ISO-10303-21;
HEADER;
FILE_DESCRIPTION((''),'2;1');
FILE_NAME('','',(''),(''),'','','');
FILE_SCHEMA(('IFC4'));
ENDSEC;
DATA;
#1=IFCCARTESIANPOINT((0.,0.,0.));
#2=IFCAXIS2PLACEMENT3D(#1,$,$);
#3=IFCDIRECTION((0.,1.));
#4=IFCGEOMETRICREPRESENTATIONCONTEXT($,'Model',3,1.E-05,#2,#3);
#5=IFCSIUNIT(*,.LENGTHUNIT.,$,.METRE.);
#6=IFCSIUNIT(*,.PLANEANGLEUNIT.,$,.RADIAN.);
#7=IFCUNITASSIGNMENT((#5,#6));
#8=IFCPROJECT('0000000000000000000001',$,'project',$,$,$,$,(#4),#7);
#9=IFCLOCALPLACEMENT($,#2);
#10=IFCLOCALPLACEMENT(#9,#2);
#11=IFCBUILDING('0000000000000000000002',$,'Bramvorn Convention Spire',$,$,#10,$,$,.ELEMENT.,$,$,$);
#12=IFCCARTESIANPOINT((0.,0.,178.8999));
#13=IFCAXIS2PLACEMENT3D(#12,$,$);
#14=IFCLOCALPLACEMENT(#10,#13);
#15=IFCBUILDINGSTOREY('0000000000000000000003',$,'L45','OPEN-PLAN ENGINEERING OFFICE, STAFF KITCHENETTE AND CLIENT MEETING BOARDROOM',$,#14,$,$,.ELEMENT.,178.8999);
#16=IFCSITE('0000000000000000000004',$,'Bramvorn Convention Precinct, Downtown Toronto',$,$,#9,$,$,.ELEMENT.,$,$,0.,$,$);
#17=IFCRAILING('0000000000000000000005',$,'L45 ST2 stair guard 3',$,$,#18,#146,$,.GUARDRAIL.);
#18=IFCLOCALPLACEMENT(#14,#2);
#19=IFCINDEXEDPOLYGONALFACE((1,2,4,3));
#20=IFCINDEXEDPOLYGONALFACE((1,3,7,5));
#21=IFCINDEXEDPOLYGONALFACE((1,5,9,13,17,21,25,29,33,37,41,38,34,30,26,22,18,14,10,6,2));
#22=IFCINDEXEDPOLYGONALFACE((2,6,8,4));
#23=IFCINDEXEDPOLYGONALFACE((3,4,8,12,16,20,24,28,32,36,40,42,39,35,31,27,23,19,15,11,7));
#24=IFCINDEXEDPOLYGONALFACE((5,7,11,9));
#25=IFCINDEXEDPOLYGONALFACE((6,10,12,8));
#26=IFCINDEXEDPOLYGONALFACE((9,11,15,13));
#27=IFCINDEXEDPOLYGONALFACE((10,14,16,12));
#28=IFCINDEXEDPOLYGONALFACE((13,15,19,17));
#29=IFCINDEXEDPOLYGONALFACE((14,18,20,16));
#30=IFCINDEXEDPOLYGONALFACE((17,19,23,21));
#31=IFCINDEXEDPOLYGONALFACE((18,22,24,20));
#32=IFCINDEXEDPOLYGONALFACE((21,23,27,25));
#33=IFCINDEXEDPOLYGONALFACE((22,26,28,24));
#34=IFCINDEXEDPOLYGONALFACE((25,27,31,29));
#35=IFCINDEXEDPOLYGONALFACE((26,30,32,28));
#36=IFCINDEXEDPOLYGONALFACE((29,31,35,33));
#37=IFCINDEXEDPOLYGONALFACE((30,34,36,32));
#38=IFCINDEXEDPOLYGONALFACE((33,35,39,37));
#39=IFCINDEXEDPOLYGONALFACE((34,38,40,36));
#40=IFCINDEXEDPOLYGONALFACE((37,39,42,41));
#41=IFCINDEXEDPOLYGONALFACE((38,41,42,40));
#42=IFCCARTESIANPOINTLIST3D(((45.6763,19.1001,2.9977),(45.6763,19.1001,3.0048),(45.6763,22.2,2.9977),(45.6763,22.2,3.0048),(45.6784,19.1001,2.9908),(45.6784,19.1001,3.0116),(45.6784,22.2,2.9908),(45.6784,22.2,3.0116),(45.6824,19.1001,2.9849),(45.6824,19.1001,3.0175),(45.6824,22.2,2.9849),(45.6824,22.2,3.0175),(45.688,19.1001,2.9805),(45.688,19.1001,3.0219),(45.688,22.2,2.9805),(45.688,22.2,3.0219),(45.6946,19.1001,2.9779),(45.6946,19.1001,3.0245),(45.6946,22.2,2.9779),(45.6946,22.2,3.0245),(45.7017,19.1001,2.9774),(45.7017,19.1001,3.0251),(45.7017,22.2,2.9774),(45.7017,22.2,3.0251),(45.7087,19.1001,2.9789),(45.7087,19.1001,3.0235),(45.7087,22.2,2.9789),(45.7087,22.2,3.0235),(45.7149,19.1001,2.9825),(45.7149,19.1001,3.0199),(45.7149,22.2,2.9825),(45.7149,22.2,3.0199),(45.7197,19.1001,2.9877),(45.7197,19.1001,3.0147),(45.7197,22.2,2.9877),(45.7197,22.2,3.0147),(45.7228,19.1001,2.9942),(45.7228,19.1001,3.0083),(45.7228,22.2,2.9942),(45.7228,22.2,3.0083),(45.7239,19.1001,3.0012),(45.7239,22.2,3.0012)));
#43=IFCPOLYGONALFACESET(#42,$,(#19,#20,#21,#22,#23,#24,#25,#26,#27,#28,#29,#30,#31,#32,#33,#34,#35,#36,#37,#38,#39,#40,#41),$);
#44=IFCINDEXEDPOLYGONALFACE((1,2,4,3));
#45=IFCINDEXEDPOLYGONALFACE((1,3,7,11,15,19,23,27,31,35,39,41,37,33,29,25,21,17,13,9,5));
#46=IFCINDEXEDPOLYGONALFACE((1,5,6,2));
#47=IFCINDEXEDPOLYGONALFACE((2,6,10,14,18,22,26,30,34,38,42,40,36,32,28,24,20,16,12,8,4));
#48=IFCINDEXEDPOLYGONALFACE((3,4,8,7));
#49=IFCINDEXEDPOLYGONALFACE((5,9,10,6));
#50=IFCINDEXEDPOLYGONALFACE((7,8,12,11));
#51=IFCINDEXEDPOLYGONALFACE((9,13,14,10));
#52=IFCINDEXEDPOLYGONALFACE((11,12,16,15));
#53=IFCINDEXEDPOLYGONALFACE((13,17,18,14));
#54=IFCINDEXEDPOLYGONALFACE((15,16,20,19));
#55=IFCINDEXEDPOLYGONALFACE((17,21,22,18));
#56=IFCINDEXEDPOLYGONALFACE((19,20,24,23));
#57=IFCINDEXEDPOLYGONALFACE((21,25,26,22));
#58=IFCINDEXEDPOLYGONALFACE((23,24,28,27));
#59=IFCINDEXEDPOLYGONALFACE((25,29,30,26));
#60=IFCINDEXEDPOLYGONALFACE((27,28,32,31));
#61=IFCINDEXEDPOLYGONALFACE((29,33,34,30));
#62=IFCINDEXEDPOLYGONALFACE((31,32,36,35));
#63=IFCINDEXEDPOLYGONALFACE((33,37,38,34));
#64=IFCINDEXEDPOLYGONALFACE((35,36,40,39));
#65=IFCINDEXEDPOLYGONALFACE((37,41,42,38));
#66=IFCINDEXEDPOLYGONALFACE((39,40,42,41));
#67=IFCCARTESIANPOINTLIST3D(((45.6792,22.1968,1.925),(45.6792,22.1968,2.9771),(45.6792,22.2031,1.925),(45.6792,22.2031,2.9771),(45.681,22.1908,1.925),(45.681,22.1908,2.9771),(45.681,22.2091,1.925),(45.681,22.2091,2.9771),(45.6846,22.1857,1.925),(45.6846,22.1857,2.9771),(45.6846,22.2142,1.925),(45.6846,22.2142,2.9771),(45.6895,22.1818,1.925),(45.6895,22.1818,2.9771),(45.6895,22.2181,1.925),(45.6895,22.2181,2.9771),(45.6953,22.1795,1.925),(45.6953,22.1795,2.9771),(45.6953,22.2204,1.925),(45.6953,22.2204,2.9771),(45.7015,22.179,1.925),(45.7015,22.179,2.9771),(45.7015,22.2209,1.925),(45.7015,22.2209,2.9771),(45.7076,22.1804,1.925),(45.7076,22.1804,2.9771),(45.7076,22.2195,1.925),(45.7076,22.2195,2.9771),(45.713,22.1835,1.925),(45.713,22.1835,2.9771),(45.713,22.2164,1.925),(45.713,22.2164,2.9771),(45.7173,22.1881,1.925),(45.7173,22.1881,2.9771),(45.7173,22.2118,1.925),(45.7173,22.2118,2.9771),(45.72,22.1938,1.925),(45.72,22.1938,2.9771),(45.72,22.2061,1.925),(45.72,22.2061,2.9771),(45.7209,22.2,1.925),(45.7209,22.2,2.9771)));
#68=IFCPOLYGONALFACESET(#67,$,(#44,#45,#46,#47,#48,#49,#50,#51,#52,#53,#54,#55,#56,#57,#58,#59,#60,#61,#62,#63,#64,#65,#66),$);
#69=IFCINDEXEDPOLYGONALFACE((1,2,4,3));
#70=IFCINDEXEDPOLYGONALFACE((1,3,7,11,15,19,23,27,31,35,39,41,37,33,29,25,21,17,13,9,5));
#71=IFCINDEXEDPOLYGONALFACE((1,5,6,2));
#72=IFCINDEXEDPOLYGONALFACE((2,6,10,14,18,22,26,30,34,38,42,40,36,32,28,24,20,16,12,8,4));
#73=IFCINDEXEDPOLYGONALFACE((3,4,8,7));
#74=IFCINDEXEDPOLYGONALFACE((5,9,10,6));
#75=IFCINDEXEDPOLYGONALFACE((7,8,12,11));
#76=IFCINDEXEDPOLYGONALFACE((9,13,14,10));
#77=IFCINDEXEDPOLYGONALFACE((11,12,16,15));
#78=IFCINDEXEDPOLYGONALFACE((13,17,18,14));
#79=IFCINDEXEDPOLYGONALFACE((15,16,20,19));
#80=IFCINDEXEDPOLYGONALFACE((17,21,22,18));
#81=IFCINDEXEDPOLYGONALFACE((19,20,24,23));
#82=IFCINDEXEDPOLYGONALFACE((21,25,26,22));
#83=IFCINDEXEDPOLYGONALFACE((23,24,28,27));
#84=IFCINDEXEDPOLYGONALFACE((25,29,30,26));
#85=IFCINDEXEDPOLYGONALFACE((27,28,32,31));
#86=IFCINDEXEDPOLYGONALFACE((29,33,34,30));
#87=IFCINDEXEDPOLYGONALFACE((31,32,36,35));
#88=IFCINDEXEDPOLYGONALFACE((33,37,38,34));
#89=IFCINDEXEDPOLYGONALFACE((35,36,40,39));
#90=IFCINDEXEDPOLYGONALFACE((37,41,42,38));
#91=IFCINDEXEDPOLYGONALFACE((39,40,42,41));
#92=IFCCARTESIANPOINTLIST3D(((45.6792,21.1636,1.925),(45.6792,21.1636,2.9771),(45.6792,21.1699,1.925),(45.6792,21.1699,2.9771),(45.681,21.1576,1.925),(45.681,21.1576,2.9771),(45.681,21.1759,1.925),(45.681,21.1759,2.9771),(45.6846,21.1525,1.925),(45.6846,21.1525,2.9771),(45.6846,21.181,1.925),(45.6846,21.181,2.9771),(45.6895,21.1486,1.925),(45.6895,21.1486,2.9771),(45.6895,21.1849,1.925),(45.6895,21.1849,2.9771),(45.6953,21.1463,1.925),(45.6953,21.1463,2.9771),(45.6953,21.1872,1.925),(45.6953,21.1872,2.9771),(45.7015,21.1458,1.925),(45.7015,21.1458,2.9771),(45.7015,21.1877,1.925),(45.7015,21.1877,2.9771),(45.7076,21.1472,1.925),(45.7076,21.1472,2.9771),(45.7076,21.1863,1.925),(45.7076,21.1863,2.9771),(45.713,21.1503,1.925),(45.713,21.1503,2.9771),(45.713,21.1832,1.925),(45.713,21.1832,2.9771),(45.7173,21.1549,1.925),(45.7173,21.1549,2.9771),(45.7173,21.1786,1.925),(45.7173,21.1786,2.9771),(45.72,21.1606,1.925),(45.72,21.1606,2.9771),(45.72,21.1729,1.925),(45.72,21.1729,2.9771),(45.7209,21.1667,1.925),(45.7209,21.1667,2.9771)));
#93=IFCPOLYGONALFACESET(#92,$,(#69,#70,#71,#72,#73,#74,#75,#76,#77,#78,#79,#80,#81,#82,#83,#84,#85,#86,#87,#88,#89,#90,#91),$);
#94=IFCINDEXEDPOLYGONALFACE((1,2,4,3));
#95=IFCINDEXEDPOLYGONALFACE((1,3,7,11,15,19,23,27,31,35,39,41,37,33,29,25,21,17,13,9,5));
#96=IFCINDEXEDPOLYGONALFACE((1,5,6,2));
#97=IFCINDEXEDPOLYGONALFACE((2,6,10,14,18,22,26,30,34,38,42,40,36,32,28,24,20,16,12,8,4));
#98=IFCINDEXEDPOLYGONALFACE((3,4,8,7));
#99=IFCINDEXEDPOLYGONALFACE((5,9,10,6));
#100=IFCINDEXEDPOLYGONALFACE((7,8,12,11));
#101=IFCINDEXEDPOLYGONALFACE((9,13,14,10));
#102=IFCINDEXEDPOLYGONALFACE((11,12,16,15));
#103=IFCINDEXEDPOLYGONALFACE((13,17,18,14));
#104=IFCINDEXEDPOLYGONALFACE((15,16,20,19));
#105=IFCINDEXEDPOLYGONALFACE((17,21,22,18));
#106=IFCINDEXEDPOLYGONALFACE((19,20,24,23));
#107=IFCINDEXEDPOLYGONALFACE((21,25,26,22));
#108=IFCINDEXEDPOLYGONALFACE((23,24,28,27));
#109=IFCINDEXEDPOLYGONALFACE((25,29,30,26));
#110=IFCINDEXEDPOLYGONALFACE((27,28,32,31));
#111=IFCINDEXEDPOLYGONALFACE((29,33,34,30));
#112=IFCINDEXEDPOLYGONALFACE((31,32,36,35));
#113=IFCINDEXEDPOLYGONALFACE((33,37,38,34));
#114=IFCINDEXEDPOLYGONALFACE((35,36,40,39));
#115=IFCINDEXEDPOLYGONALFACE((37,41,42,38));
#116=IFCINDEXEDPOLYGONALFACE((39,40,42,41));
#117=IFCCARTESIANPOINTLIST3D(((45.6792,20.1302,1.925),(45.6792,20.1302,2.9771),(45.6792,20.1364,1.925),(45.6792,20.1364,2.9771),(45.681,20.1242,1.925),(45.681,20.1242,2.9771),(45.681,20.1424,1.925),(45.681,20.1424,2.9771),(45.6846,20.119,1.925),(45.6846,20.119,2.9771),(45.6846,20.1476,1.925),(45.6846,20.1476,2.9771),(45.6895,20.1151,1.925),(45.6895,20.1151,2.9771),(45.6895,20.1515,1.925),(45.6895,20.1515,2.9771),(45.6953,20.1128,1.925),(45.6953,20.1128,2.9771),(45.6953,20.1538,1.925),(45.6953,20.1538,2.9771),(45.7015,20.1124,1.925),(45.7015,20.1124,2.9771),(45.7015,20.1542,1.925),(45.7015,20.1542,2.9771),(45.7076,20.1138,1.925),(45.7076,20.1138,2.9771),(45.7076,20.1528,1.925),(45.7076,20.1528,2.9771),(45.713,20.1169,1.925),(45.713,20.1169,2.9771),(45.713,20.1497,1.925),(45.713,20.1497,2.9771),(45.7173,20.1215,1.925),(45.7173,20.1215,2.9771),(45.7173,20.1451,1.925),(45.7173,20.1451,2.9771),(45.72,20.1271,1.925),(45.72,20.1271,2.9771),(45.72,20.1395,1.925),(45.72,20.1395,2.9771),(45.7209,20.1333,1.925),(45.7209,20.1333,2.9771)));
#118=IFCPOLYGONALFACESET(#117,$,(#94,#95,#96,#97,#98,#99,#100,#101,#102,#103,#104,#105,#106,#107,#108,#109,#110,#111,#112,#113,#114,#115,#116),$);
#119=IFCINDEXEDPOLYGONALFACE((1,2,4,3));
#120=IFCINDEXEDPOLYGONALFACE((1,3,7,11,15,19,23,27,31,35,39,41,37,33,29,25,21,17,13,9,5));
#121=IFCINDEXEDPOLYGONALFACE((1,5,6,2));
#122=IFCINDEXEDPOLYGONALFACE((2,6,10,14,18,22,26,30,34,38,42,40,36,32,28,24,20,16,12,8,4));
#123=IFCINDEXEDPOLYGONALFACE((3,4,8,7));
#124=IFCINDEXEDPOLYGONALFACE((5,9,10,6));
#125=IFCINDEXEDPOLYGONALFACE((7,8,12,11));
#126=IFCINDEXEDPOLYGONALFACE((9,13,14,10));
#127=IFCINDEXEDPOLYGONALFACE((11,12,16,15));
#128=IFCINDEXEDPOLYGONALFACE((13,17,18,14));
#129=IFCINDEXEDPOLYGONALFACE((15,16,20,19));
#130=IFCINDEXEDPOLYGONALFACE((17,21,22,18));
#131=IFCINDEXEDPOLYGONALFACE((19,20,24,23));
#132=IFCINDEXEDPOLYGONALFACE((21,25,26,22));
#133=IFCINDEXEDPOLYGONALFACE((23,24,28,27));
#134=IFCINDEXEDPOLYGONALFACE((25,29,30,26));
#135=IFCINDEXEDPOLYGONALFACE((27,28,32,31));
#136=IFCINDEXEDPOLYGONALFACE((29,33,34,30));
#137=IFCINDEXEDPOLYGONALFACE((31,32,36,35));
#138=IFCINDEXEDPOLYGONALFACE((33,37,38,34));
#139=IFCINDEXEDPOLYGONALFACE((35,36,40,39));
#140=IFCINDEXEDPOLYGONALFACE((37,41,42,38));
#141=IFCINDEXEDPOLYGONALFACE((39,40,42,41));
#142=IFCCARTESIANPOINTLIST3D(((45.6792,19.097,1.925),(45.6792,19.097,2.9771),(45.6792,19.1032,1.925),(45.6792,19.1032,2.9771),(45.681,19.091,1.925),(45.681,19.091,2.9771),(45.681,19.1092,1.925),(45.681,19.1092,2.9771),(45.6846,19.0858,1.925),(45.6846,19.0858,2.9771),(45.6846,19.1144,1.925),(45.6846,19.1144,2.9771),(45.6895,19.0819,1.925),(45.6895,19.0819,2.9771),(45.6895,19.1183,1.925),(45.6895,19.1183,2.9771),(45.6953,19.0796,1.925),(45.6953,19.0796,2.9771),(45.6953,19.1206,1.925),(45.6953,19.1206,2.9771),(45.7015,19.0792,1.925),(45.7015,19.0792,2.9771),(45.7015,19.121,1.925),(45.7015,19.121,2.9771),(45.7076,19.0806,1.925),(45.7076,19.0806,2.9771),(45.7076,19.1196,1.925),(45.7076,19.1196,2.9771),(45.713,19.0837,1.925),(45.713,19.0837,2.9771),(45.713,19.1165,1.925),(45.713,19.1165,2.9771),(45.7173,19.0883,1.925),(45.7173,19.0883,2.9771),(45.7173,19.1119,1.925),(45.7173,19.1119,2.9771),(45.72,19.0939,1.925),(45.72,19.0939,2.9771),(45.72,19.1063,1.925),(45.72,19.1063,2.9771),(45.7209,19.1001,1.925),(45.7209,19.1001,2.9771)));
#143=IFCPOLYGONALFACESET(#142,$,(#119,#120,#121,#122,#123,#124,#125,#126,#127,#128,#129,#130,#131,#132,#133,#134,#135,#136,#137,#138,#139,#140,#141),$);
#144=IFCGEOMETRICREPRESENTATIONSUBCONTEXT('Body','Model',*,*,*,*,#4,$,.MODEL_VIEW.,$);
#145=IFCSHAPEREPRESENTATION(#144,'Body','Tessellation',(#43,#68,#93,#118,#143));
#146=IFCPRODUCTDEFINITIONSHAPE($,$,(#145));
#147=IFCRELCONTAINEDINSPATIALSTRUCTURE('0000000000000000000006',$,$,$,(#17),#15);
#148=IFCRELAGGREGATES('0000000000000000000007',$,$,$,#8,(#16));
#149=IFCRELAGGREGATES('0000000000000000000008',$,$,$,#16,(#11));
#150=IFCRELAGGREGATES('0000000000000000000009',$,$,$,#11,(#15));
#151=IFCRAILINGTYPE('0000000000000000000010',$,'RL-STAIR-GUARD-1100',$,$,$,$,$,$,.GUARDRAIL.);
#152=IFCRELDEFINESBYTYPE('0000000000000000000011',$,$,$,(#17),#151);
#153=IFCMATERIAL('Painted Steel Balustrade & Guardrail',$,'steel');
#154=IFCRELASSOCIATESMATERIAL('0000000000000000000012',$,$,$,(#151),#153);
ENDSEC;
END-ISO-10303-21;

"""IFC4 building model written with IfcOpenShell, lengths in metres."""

from ifc_helpers import new_model, si_unit, direction, frame, origin, origin_2d, place, context, subcontext, project, spatial, circle, extrude, material, type_object, element, save


model = new_model("IFC4")

# Units and contexts
model_context = context("Model", 3, precision=1e-05, world=origin(), true_north=direction((0.0, 1.0)))
body_context = subcontext(model_context, "Body", "Model", "MODEL_VIEW")
ifc_project = project(units=[si_unit("LENGTHUNIT", "METRE"), si_unit("PLANEANGLEUNIT", "RADIAN")], contexts=[model_context])

# Site, building, storey
site_placement = place(None, origin())
site = spatial("IfcSite", under=ifc_project, at=site_placement, Name="Bramvorn Convention Precinct, Downtown Toronto", CompositionType="ELEMENT", RefElevation=0.0)
building_placement = place(site_placement, origin())
building = spatial("IfcBuilding", under=site, at=building_placement, Name="Bramvorn Convention Spire", CompositionType="ELEMENT")
storey_placement = place(building_placement, frame((0.0, 0.0, 178.8999)))
storey = spatial("IfcBuildingStorey", under=building, at=storey_placement, Name="L45", Description="OPEN-PLAN ENGINEERING OFFICE, STAFF KITCHENETTE AND CLIENT MEETING BOARDROOM", CompositionType="ELEMENT", Elevation=178.8999)

# Railing
ifc_material_1 = material(Name="Painted Steel Balustrade & Guardrail", Category="steel")
railing_type = type_object("IfcRailingType", Name="RL-STAIR-GUARD-1100", PredefinedType="GUARDRAIL", material=ifc_material_1)
railing_1_placement = place(storey_placement, frame((45.7, 22.2, 1.925)))
element("IfcRailing", 1, at=railing_1_placement, inside=storey, type_object=railing_type, Name="L45 ST2 stair guard 3", PredefinedType="GUARDRAIL", context=body_context, shape_type="SweptSolid", body=[
    extrude(circle(Radius=0.0239, at=origin_2d()), frame((0.0, 0.0, 1.0762), z_axis=(0.0, -1.0, 0.0), x_axis=(1.0, 0.0, 0.0)), (0.0, 0.0, 1.0), 3.0999),
    extrude(circle(Radius=0.021, at=origin_2d()), origin(), (0.0, 0.0, 1.0), 1.052),
    extrude(circle(Radius=0.021, at=origin_2d()), frame((0.0, -1.0332, 0.0)), (0.0, 0.0, 1.0), 1.052),
    extrude(circle(Radius=0.021, at=origin_2d()), frame((0.0, -2.0667, 0.0)), (0.0, 0.0, 1.0), 1.052),
    extrude(circle(Radius=0.021, at=origin_2d()), frame((0.0, -3.0999, 0.0)), (0.0, 0.0, 1.0), 1.052),
])

save(model, "model.ifc")
